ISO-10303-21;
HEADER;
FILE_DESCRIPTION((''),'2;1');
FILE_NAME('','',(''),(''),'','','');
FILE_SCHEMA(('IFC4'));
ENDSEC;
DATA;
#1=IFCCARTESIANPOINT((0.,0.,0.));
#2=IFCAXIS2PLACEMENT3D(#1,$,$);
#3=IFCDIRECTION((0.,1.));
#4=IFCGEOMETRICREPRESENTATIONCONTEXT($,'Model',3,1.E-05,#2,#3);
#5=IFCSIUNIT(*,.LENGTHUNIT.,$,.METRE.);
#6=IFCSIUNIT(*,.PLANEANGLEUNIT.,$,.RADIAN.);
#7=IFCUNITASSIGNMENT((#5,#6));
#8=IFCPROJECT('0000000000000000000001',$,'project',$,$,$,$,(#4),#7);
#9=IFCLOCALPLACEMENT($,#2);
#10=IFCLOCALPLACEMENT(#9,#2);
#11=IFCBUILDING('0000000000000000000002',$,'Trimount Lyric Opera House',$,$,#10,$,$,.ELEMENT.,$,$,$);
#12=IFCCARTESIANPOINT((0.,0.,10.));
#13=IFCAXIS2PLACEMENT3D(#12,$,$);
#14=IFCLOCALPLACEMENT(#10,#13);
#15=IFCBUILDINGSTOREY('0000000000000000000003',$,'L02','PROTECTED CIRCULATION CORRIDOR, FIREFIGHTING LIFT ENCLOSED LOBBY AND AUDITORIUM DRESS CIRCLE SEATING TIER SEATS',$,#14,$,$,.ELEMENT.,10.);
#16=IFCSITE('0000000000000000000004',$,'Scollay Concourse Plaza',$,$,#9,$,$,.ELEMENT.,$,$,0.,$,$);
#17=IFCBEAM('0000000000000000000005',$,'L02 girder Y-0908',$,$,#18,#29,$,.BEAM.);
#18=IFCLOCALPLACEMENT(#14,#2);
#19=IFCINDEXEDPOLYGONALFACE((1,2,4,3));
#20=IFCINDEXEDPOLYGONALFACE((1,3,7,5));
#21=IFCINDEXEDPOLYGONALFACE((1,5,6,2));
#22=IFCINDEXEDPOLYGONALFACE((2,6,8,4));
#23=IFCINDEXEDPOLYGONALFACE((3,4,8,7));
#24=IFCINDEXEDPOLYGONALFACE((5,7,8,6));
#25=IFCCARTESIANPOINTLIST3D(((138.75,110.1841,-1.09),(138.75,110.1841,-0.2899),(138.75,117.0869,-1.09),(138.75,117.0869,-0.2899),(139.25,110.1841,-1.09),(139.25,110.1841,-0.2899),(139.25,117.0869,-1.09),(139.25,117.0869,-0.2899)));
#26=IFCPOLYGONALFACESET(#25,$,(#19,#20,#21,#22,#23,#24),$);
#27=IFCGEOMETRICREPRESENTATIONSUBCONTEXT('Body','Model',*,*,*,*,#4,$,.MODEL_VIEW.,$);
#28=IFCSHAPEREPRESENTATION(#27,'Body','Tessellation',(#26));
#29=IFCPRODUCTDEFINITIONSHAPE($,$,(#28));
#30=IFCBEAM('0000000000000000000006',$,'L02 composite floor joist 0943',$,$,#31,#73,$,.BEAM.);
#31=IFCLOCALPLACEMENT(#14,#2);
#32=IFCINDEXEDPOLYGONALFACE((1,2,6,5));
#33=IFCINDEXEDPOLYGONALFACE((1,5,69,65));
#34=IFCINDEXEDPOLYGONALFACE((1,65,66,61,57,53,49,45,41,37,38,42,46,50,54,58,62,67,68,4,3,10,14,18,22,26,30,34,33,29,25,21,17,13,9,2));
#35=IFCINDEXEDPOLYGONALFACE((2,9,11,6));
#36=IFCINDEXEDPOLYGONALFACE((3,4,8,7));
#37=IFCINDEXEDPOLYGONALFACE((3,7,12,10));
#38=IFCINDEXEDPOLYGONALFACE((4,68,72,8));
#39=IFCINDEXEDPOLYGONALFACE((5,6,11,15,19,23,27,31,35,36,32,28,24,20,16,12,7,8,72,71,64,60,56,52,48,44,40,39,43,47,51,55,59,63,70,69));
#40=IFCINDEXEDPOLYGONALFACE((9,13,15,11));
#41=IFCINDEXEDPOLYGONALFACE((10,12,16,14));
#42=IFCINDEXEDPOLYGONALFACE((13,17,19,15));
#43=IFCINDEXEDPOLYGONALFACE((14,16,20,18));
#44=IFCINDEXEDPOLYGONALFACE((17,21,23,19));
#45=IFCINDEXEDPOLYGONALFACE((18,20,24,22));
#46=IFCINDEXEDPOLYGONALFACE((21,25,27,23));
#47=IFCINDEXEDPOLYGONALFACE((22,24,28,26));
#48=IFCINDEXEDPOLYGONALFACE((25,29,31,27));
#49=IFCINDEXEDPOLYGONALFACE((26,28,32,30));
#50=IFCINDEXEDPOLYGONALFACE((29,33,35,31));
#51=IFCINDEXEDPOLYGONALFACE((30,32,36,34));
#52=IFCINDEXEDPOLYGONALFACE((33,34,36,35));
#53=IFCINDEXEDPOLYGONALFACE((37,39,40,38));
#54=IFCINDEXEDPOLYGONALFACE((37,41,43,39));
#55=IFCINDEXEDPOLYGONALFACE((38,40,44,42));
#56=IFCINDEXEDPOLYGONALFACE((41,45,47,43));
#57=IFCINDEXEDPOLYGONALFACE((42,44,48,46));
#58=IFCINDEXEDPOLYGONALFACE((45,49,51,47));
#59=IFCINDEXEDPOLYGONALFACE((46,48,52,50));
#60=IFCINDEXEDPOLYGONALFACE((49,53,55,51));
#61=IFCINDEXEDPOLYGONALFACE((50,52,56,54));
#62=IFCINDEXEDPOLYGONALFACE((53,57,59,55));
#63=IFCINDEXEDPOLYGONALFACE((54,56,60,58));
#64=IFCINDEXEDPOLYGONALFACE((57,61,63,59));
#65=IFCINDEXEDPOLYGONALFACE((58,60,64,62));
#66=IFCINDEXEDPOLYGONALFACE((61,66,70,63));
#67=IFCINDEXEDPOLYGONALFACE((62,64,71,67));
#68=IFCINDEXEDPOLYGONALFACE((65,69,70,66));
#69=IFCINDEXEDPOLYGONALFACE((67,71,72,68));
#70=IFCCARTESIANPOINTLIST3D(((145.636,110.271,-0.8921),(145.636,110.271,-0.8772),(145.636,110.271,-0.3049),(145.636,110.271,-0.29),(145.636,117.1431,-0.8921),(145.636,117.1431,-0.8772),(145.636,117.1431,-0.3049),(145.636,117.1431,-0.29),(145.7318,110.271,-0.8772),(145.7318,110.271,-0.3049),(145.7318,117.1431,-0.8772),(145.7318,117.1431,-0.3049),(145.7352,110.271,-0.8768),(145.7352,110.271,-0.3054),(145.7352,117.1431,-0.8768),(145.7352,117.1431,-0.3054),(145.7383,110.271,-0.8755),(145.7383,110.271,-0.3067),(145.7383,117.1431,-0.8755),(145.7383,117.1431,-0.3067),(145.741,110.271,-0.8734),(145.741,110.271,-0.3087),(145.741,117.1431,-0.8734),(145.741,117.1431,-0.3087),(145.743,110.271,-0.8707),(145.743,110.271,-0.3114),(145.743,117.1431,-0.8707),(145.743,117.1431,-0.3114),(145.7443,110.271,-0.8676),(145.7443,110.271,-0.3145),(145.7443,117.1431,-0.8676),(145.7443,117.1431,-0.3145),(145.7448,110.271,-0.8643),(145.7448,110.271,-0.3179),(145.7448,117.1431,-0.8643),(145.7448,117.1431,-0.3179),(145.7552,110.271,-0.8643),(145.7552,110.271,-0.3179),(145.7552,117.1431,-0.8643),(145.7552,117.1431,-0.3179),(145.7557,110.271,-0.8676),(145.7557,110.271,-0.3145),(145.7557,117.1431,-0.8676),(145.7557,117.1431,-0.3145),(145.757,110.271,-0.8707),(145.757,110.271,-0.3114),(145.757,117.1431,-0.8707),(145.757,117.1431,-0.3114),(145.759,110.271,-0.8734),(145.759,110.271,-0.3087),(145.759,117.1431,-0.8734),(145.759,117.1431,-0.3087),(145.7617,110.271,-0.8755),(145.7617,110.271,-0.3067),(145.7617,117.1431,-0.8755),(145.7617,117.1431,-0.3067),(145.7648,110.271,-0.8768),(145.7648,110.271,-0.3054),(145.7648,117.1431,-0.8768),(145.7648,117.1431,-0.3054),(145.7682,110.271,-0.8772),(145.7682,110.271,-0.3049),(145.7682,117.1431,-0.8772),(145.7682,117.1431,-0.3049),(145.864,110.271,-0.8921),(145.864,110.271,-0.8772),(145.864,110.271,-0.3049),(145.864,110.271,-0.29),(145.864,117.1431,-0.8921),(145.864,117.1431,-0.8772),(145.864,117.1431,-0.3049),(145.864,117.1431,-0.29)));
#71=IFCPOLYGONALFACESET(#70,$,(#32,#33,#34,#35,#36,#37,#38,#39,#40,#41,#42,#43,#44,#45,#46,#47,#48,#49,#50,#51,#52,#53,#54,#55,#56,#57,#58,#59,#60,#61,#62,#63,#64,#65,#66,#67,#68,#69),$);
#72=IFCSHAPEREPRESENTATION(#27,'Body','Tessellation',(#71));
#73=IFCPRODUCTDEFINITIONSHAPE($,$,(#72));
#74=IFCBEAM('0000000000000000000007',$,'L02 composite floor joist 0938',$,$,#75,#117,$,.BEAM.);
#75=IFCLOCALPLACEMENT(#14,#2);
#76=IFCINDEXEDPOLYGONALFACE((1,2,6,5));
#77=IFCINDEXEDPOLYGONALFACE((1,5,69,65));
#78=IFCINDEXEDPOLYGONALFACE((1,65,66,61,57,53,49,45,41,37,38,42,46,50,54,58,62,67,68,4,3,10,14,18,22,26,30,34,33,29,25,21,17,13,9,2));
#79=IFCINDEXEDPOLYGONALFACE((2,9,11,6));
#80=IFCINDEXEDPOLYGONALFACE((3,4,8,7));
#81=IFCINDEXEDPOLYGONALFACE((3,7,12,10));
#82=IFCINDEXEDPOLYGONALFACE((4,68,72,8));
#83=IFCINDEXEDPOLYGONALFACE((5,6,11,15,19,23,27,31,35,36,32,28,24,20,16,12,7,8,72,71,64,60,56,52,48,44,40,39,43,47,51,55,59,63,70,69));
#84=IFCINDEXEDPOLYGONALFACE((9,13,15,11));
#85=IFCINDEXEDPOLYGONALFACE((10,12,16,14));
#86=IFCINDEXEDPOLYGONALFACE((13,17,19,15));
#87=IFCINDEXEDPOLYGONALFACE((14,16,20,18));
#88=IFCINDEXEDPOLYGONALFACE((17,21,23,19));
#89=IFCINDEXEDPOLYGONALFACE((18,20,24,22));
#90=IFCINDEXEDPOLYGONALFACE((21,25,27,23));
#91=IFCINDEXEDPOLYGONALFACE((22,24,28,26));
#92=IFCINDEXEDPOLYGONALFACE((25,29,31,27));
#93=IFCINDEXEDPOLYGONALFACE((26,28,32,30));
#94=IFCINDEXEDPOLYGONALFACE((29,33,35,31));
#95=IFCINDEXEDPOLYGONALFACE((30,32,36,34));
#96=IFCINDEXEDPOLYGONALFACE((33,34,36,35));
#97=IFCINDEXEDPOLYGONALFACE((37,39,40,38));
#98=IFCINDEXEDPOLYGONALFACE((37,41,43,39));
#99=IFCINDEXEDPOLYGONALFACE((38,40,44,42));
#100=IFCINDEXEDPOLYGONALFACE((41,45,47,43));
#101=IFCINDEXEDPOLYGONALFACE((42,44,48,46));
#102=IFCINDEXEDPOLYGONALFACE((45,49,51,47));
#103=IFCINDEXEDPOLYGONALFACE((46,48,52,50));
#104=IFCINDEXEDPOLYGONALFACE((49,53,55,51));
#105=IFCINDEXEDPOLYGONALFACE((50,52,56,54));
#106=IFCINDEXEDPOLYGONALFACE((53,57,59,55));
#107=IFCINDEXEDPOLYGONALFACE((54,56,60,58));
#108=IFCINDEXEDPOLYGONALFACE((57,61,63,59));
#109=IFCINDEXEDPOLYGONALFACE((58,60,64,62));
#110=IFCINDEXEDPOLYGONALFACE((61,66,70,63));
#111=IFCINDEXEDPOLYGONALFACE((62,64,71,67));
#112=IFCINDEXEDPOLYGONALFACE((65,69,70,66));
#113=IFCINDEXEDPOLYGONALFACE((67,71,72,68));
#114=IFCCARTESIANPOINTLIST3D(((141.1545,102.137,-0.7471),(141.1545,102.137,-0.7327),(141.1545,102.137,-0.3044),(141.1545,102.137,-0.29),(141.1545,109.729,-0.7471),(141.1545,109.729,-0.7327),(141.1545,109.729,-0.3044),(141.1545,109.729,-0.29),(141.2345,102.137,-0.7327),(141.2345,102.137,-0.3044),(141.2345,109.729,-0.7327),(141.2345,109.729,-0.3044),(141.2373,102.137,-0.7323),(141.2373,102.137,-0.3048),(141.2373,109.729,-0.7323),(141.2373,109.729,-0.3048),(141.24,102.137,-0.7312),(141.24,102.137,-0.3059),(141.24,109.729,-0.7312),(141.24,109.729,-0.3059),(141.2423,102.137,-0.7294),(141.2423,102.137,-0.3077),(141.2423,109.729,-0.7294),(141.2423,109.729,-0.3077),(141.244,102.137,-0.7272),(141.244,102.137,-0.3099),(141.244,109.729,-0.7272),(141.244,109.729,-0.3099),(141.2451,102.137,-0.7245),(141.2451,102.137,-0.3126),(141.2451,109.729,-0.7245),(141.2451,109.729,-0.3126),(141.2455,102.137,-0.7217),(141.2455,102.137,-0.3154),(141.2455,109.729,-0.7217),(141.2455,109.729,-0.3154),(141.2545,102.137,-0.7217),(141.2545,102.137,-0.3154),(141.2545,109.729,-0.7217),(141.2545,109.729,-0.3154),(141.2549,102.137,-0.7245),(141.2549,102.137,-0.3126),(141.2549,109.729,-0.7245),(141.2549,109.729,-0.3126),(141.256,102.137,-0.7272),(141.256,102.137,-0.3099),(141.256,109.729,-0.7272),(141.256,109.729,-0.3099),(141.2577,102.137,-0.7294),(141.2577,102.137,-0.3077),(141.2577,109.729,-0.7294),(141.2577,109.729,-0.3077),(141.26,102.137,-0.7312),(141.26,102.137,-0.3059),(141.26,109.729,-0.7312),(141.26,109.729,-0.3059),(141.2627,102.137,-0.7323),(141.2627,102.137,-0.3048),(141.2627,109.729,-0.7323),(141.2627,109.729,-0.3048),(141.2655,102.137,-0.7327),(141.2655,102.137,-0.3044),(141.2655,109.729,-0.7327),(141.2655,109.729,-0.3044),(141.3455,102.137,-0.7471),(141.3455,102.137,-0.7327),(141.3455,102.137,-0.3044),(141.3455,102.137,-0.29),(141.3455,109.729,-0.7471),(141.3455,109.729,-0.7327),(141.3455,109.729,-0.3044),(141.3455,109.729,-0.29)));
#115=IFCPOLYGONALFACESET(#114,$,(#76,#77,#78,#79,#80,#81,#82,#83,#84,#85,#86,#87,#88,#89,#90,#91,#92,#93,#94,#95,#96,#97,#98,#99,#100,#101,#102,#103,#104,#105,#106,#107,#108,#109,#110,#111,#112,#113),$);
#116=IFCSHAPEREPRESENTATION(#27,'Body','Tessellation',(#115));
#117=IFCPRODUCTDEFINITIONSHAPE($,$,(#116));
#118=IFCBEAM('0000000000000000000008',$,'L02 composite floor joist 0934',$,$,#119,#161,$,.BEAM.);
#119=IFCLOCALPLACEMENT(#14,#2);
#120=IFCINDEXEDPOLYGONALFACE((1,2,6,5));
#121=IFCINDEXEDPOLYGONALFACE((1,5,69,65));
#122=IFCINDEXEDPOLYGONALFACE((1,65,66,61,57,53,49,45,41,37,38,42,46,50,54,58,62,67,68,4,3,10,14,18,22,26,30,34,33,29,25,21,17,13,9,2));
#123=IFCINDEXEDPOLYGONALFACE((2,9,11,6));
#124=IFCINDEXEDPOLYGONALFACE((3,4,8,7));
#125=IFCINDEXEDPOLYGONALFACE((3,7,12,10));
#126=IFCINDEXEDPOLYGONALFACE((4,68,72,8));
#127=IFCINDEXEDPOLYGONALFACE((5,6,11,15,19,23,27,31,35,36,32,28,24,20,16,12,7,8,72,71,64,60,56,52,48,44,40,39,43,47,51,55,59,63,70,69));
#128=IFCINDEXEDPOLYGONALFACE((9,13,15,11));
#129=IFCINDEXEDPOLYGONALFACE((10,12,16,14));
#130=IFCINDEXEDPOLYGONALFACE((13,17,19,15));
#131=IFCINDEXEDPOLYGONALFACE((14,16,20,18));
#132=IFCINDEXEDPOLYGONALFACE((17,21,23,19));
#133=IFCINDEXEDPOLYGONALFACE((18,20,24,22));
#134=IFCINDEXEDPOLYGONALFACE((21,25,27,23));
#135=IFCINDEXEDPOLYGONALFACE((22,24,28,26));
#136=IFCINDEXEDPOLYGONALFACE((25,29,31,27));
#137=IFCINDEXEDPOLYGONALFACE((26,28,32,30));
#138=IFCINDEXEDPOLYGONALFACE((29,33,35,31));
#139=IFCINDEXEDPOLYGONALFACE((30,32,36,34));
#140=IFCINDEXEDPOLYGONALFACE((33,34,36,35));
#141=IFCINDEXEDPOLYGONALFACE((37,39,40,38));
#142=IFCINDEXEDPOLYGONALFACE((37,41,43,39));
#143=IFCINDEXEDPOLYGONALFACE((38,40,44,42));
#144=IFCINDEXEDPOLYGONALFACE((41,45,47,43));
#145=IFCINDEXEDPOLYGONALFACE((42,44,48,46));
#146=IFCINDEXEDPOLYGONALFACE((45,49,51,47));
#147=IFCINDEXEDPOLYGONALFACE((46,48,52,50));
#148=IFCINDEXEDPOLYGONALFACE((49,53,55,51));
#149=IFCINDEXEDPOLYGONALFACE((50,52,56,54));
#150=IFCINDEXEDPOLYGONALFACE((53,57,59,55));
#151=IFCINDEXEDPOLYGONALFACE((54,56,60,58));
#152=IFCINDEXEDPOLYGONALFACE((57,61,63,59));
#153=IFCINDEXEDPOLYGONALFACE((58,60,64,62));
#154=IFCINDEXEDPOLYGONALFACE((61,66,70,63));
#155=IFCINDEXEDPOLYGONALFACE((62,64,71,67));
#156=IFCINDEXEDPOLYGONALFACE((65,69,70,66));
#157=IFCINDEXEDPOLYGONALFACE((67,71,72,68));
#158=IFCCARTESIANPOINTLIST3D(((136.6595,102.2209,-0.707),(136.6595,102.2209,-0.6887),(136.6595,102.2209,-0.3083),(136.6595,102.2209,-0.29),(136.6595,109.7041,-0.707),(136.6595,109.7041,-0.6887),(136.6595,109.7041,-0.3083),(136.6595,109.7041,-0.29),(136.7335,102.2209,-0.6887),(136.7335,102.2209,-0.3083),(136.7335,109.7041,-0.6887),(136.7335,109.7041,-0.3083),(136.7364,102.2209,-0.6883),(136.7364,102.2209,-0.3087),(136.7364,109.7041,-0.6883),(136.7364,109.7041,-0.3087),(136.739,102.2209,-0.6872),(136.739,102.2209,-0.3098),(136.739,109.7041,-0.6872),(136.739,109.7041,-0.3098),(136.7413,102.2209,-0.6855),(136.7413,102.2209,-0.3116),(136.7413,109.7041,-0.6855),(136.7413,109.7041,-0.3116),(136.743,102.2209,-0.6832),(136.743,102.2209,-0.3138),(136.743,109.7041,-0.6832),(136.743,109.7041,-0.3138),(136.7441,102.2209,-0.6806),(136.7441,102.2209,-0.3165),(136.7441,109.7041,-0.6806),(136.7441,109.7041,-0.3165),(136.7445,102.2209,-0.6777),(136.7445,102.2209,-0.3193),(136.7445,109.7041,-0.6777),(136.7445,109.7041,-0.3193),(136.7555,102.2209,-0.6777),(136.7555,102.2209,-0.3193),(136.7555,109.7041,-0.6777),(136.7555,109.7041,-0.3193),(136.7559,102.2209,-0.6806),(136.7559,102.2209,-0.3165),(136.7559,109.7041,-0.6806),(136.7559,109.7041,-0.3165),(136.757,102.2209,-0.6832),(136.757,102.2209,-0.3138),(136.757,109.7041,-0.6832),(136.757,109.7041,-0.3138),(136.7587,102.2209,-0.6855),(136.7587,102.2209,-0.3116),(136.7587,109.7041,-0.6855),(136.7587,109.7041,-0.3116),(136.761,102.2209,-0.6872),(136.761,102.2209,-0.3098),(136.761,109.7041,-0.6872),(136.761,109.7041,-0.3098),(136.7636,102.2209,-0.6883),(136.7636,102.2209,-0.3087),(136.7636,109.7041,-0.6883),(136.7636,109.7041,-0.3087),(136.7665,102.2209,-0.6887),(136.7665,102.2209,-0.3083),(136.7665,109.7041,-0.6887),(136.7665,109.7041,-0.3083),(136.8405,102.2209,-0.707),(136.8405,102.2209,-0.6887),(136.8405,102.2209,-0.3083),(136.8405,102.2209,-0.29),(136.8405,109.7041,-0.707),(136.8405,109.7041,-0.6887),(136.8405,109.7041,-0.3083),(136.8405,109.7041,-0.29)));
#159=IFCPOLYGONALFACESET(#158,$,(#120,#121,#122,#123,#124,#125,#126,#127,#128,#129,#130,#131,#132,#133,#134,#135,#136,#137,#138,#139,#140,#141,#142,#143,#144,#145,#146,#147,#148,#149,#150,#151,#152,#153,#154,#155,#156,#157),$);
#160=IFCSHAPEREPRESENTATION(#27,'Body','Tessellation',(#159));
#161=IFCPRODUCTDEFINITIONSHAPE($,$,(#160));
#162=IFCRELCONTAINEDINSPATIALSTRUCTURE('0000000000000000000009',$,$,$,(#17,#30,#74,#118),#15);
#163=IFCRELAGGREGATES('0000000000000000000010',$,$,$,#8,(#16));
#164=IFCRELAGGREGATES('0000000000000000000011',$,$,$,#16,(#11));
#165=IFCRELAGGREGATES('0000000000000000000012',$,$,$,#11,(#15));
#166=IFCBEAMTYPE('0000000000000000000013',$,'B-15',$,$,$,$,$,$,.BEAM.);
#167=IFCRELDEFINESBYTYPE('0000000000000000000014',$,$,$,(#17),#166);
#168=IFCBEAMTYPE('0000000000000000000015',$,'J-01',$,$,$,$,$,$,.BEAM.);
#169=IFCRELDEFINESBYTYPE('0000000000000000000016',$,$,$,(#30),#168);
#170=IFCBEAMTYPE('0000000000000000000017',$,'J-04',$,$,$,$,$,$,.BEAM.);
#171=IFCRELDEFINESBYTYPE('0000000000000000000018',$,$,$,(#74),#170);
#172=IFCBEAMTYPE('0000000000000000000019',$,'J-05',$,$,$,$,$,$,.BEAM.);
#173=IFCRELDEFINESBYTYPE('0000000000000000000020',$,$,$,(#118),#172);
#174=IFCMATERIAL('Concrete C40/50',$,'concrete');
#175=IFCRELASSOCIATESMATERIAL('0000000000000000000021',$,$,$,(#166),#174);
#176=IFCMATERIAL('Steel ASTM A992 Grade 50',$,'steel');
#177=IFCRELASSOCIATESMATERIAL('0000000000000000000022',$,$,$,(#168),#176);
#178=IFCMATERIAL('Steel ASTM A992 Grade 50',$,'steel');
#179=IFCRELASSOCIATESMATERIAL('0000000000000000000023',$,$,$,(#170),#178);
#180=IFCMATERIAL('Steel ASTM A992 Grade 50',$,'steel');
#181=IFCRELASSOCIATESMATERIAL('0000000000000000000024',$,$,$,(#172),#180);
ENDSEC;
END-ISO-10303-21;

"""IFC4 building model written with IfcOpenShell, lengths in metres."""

from ifc_helpers import new_model, si_unit, direction, frame, origin, origin_2d, place, context, subcontext, project, spatial, rectangle, i_section, extrude, material, material_profile, profile_set, type_object, element, save


model = new_model("IFC4")

# Units and contexts
model_context = context("Model", 3, precision=1e-05, world=origin(), true_north=direction((0.0, 1.0)))
body_context = subcontext(model_context, "Body", "Model", "MODEL_VIEW")
ifc_project = project(units=[si_unit("LENGTHUNIT", "METRE"), si_unit("PLANEANGLEUNIT", "RADIAN")], contexts=[model_context])

# Site, building, storey
site_placement = place(None, origin())
site = spatial("IfcSite", under=ifc_project, at=site_placement, Name="Scollay Concourse Plaza", CompositionType="ELEMENT", RefElevation=0.0)
building_placement = place(site_placement, origin())
building = spatial("IfcBuilding", under=site, at=building_placement, Name="Trimount Lyric Opera House", CompositionType="ELEMENT")
storey_placement = place(building_placement, frame((0.0, 0.0, 10.0)))
storey = spatial("IfcBuildingStorey", under=building, at=storey_placement, Name="L02", Description="PROTECTED CIRCULATION CORRIDOR, FIREFIGHTING LIFT ENCLOSED LOBBY AND AUDITORIUM DRESS CIRCLE SEATING TIER SEATS", CompositionType="ELEMENT", Elevation=10.0)

# Beams
ifc_material_1 = material(Name="Concrete C40/50", Category="concrete")
ifc_material_profile_1 = material_profile(ifc_material_1, rectangle(XDim=0.5, YDim=0.8, at=origin_2d()), Name="RC500X800")
ifc_profile_set_1 = profile_set([ifc_material_profile_1], Name="Concrete C40/50")
beam_type_1 = type_object("IfcBeamType", Name="B-15", PredefinedType="BEAM", material=ifc_profile_set_1)
beam_1_placement = place(storey_placement, frame((139.0, 110.1841, -0.6899), z_axis=(0.0, 1.0, 0.0), x_axis=(-1.0, 0.0, 0.0)))
element("IfcBeam", 1, at=beam_1_placement, inside=storey, type_object=beam_type_1, Name="L02 girder Y-0908", PredefinedType="BEAM", context=body_context, shape_type="SweptSolid", body=[
    extrude(rectangle(XDim=0.5, YDim=0.8, at=origin_2d()), origin(), (0.0, 0.0, 1.0), 6.9028),
])
ifc_material_2 = material(Name="Steel ASTM A992 Grade 50", Category="steel")
ifc_material_profile_2 = material_profile(ifc_material_2, i_section(OverallWidth=0.228, OverallDepth=0.6021, WebThickness=0.0105, FlangeThickness=0.0149, FilletRadius=0.0129, at=origin_2d()), Name="W24X68")
ifc_profile_set_2 = profile_set([ifc_material_profile_2], Name="Steel ASTM A992 Grade 50")
beam_type_2 = type_object("IfcBeamType", Name="J-01", PredefinedType="BEAM", material=ifc_profile_set_2)
beam_2_placement = place(storey_placement, frame((145.75, 110.271, -0.5911), z_axis=(0.0, 1.0, 0.0), x_axis=(-1.0, 0.0, 0.0)))
element("IfcBeam", 2, at=beam_2_placement, inside=storey, type_object=beam_type_2, Name="L02 composite floor joist 0943", PredefinedType="BEAM", context=body_context, shape_type="SweptSolid", body=[
    extrude(i_section(OverallWidth=0.228, OverallDepth=0.6021, WebThickness=0.0105, FlangeThickness=0.0149, FilletRadius=0.0129, at=origin_2d()), origin(), (0.0, 0.0, 1.0), 6.8721),
])
ifc_material_3 = material(Name="Steel ASTM A992 Grade 50", Category="steel")
ifc_material_profile_3 = material_profile(ifc_material_3, i_section(OverallWidth=0.1909, OverallDepth=0.457, WebThickness=0.009, FlangeThickness=0.0144, FilletRadius=0.011, at=origin_2d()), Name="W18X50")
ifc_profile_set_3 = profile_set([ifc_material_profile_3], Name="Steel ASTM A992 Grade 50")
beam_type_3 = type_object("IfcBeamType", Name="J-04", PredefinedType="BEAM", material=ifc_profile_set_3)
beam_3_placement = place(storey_placement, frame((141.25, 102.137, -0.5186), z_axis=(0.0, 1.0, 0.0), x_axis=(-1.0, 0.0, 0.0)))
element("IfcBeam", 3, at=beam_3_placement, inside=storey, type_object=beam_type_3, Name="L02 composite floor joist 0938", PredefinedType="BEAM", context=body_context, shape_type="SweptSolid", body=[
    extrude(i_section(OverallWidth=0.1909, OverallDepth=0.457, WebThickness=0.009, FlangeThickness=0.0144, FilletRadius=0.011, at=origin_2d()), origin(), (0.0, 0.0, 1.0), 7.592),
])
ifc_material_4 = material(Name="Steel ASTM A992 Grade 50", Category="steel")
ifc_material_profile_4 = material_profile(ifc_material_4, i_section(OverallWidth=0.1809, OverallDepth=0.417, WebThickness=0.011, FlangeThickness=0.0183, FilletRadius=0.011, at=origin_2d()), Name="W16X57")
ifc_profile_set_4 = profile_set([ifc_material_profile_4], Name="Steel ASTM A992 Grade 50")
beam_type_4 = type_object("IfcBeamType", Name="J-05", PredefinedType="BEAM", material=ifc_profile_set_4)
beam_4_placement = place(storey_placement, frame((136.75, 102.2209, -0.4985), z_axis=(0.0, 1.0, 0.0), x_axis=(-1.0, 0.0, 0.0)))
element("IfcBeam", 4, at=beam_4_placement, inside=storey, type_object=beam_type_4, Name="L02 composite floor joist 0934", PredefinedType="BEAM", context=body_context, shape_type="SweptSolid", body=[
    extrude(i_section(OverallWidth=0.1809, OverallDepth=0.417, WebThickness=0.011, FlangeThickness=0.0183, FilletRadius=0.011, at=origin_2d()), origin(), (0.0, 0.0, 1.0), 7.4832),
])

save(model, "model.ifc")
